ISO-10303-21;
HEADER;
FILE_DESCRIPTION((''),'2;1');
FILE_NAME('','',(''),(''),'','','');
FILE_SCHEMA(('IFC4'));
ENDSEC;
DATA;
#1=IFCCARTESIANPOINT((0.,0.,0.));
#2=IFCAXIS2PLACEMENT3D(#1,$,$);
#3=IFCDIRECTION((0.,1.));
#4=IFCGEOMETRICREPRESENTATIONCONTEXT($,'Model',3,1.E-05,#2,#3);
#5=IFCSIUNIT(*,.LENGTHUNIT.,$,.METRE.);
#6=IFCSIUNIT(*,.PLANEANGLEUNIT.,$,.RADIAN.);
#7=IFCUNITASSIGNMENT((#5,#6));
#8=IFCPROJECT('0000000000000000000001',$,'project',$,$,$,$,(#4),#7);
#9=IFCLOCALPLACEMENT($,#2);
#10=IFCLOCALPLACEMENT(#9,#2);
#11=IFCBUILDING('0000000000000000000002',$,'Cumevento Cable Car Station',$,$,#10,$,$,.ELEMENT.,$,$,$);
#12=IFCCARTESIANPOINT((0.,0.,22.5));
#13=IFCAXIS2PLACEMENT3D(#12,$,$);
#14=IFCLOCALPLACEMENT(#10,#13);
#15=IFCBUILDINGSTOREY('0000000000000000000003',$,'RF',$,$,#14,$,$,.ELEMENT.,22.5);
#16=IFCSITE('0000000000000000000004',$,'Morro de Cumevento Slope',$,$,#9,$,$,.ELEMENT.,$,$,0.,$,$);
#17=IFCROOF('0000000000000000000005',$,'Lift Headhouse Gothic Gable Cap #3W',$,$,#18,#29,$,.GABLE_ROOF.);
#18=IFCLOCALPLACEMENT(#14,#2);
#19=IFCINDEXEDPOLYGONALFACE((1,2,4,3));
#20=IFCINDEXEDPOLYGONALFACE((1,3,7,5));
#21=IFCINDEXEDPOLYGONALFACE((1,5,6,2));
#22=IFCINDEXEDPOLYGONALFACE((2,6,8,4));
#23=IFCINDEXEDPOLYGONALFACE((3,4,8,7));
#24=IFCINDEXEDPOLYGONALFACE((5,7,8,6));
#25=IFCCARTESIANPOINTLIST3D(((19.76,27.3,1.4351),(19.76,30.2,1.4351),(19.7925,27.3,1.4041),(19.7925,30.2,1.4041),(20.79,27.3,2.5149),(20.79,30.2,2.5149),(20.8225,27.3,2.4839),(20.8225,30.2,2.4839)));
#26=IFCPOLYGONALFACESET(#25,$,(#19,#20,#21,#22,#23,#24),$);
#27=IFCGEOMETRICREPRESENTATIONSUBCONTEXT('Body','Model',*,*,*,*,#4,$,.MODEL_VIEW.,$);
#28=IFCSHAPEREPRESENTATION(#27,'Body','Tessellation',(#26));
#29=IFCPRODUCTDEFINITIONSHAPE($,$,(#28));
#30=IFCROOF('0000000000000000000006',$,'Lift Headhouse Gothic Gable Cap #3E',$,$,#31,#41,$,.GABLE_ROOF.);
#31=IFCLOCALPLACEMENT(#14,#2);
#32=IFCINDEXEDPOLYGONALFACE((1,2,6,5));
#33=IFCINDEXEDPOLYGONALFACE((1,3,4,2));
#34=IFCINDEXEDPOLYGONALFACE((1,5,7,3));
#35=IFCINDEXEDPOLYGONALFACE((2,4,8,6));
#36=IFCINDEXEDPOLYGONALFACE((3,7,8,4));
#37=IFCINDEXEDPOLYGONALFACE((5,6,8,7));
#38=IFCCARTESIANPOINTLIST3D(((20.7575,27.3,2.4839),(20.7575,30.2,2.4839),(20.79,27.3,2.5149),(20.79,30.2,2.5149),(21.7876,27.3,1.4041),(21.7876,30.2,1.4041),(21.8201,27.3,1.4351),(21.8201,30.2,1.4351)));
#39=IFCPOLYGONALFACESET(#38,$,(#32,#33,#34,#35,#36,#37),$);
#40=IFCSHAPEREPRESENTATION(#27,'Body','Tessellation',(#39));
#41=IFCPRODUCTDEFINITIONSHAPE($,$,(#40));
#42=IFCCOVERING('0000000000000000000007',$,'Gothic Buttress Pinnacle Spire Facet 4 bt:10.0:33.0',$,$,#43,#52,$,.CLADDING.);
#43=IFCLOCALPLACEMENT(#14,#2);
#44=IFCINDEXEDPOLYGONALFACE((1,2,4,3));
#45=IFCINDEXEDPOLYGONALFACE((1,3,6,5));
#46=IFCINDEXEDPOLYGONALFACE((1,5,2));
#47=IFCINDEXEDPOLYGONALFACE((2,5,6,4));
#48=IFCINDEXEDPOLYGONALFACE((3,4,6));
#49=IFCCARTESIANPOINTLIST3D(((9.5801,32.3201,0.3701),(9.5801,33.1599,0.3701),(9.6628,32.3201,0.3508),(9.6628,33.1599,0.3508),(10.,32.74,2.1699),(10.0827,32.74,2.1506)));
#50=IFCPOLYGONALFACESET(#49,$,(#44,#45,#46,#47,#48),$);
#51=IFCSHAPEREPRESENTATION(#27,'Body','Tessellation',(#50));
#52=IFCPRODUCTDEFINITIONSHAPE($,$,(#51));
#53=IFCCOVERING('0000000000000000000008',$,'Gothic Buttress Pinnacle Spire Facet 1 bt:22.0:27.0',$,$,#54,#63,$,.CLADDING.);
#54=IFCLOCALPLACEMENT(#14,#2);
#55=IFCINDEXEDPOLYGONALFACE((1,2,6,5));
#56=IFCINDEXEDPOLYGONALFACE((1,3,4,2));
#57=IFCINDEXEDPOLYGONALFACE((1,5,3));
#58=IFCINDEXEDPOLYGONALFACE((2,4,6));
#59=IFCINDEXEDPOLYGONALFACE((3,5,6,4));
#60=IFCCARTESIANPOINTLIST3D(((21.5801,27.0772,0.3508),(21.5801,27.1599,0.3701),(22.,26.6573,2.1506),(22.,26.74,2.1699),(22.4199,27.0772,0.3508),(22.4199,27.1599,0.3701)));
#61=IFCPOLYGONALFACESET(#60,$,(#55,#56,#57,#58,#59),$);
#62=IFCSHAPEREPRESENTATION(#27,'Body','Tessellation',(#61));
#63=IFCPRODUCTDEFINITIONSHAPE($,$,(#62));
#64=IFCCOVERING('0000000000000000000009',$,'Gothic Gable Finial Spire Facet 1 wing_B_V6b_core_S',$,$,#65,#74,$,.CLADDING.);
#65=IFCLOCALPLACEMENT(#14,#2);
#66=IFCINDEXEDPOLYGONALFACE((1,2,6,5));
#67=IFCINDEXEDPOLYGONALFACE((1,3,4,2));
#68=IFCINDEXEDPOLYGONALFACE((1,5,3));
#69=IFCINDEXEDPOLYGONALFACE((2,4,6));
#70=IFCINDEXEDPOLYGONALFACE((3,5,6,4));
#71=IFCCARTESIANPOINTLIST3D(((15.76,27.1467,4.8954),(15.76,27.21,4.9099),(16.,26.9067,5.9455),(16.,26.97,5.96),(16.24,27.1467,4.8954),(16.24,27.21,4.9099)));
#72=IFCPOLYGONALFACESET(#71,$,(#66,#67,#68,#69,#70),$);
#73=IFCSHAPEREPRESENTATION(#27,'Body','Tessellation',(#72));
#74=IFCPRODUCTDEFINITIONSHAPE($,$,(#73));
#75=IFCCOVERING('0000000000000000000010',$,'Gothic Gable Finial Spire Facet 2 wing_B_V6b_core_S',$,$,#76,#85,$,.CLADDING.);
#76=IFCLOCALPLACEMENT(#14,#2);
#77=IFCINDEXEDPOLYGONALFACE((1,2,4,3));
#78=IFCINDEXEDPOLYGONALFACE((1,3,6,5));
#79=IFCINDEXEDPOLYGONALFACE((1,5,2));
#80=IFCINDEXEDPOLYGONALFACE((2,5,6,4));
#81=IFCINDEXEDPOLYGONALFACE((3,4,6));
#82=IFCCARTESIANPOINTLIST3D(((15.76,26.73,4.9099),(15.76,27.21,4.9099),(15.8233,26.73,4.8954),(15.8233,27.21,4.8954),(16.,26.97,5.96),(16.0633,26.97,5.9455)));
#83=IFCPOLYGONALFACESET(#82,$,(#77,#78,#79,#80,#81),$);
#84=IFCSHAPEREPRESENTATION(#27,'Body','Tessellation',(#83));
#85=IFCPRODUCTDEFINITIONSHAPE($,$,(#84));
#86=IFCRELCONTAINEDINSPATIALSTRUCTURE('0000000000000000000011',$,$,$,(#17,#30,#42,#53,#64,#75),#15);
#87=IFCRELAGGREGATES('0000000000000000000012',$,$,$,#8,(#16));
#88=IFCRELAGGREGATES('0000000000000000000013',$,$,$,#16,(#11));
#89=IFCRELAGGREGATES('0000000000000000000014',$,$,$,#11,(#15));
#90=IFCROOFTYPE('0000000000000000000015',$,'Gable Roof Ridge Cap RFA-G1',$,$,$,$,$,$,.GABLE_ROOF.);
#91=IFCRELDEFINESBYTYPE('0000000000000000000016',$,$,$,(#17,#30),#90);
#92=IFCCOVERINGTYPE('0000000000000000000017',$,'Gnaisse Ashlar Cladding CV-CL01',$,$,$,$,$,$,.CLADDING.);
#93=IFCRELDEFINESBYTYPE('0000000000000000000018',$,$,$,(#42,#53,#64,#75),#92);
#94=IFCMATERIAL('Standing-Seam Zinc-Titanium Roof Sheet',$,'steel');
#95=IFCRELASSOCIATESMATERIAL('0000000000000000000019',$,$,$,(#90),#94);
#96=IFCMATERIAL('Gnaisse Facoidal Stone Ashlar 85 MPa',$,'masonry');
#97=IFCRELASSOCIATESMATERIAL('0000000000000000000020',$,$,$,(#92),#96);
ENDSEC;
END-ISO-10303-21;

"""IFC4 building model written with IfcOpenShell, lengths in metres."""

from ifc_helpers import new_model, si_unit, direction, frame, origin, place, context, subcontext, project, spatial, polyline, outline, extrude, material, type_object, element, save


model = new_model("IFC4")

# Units and contexts
model_context = context("Model", 3, precision=1e-05, world=origin(), true_north=direction((0.0, 1.0)))
body_context = subcontext(model_context, "Body", "Model", "MODEL_VIEW")
ifc_project = project(units=[si_unit("LENGTHUNIT", "METRE"), si_unit("PLANEANGLEUNIT", "RADIAN")], contexts=[model_context])

# Site, building, storey
site_placement = place(None, origin())
site = spatial("IfcSite", under=ifc_project, at=site_placement, Name="Morro de Cumevento Slope", CompositionType="ELEMENT", RefElevation=0.0)
building_placement = place(site_placement, origin())
building = spatial("IfcBuilding", under=site, at=building_placement, Name="Cumevento Cable Car Station", CompositionType="ELEMENT")
storey_placement = place(building_placement, frame((0.0, 0.0, 22.5)))
storey = spatial("IfcBuildingStorey", under=building, at=storey_placement, Name="RF", CompositionType="ELEMENT", Elevation=22.5)

# Roofs
ifc_material_1 = material(Name="Standing-Seam Zinc-Titanium Roof Sheet", Category="steel")
roof_type = type_object("IfcRoofType", Name="Gable Roof Ridge Cap RFA-G1", PredefinedType="GABLE_ROOF", material=ifc_material_1)
for number, where, z_axis, x_axis, name in (
    (1, (19.76, 30.2, 1.4351), (-0.723597, 0.0, 0.690223), (0.0, -1.0, 0.0), "Lift Headhouse Gothic Gable Cap #3W"),
    (2, (20.79, 30.2, 2.5149), (0.723597, 0.0, 0.690223), (0.0, -1.0, 0.0), "Lift Headhouse Gothic Gable Cap #3E"),
):
    element("IfcRoof", number, at=place(storey_placement, frame(where, z_axis=z_axis, x_axis=x_axis)), inside=storey, type_object=roof_type, Name=name, PredefinedType="GABLE_ROOF", context=body_context, shape_type="SweptSolid", body=[
        extrude(outline(polyline([(0.0, 0.0), (2.8999, 0.0), (2.8999, 1.4923), (0.0, 1.4923), (0.0, 0.0)])), origin(), (0.0, 0.0, -1.0), 0.0449),
    ])

# Coverings
ifc_material_2 = material(Name="Gnaisse Facoidal Stone Ashlar 85 MPa", Category="masonry")
covering_type = type_object("IfcCoveringType", Name="Gnaisse Ashlar Cladding CV-CL01", PredefinedType="CLADDING", material=ifc_material_2)
for number, where, z_axis, x_axis, name in (
    (3, (9.5801, 32.3201, 0.3701), (-0.973845, 0.0, 0.227213), (0.0, 1.0, 0.0), "Gothic Buttress Pinnacle Spire Facet 4 bt:10.0:33.0"),
    (4, (21.5801, 27.1599, 0.3701), (0.0, 0.973845, 0.227213), (1.0, 0.0, 0.0), "Gothic Buttress Pinnacle Spire Facet 1 bt:22.0:27.0"),
):
    element("IfcCovering", number, at=place(storey_placement, frame(where, z_axis=z_axis, x_axis=x_axis)), inside=storey, type_object=covering_type, Name=name, PredefinedType="CLADDING", context=body_context, shape_type="SweptSolid", body=[
        extrude(outline(polyline([(0.0, 0.0), (0.8398, 0.0), (0.4199, -1.8481), (0.0, 0.0)])), origin(), (0.0, 0.0, -1.0), 0.085),
    ])
for number, where, z_axis, x_axis, name in (
    (5, (16.24, 27.21, 4.9099), (0.0, 0.974863, 0.222806), (-1.0, 0.0, 0.0), "Gothic Gable Finial Spire Facet 1 wing_B_V6b_core_S"),
    (6, (15.76, 27.21, 4.9099), (-0.974863, 0.0, 0.222806), (0.0, -1.0, 0.0), "Gothic Gable Finial Spire Facet 2 wing_B_V6b_core_S"),
):
    element("IfcCovering", number, at=place(storey_placement, frame(where, z_axis=z_axis, x_axis=x_axis)), inside=storey, type_object=covering_type, Name=name, PredefinedType="CLADDING", context=body_context, shape_type="SweptSolid", body=[
        extrude(outline(polyline([(0.0, 0.0), (0.48, 0.0), (0.24, 1.0771), (0.0, 0.0)])), origin(), (0.0, 0.0, -1.0), 0.0649),
    ])

save(model, "model.ifc")
